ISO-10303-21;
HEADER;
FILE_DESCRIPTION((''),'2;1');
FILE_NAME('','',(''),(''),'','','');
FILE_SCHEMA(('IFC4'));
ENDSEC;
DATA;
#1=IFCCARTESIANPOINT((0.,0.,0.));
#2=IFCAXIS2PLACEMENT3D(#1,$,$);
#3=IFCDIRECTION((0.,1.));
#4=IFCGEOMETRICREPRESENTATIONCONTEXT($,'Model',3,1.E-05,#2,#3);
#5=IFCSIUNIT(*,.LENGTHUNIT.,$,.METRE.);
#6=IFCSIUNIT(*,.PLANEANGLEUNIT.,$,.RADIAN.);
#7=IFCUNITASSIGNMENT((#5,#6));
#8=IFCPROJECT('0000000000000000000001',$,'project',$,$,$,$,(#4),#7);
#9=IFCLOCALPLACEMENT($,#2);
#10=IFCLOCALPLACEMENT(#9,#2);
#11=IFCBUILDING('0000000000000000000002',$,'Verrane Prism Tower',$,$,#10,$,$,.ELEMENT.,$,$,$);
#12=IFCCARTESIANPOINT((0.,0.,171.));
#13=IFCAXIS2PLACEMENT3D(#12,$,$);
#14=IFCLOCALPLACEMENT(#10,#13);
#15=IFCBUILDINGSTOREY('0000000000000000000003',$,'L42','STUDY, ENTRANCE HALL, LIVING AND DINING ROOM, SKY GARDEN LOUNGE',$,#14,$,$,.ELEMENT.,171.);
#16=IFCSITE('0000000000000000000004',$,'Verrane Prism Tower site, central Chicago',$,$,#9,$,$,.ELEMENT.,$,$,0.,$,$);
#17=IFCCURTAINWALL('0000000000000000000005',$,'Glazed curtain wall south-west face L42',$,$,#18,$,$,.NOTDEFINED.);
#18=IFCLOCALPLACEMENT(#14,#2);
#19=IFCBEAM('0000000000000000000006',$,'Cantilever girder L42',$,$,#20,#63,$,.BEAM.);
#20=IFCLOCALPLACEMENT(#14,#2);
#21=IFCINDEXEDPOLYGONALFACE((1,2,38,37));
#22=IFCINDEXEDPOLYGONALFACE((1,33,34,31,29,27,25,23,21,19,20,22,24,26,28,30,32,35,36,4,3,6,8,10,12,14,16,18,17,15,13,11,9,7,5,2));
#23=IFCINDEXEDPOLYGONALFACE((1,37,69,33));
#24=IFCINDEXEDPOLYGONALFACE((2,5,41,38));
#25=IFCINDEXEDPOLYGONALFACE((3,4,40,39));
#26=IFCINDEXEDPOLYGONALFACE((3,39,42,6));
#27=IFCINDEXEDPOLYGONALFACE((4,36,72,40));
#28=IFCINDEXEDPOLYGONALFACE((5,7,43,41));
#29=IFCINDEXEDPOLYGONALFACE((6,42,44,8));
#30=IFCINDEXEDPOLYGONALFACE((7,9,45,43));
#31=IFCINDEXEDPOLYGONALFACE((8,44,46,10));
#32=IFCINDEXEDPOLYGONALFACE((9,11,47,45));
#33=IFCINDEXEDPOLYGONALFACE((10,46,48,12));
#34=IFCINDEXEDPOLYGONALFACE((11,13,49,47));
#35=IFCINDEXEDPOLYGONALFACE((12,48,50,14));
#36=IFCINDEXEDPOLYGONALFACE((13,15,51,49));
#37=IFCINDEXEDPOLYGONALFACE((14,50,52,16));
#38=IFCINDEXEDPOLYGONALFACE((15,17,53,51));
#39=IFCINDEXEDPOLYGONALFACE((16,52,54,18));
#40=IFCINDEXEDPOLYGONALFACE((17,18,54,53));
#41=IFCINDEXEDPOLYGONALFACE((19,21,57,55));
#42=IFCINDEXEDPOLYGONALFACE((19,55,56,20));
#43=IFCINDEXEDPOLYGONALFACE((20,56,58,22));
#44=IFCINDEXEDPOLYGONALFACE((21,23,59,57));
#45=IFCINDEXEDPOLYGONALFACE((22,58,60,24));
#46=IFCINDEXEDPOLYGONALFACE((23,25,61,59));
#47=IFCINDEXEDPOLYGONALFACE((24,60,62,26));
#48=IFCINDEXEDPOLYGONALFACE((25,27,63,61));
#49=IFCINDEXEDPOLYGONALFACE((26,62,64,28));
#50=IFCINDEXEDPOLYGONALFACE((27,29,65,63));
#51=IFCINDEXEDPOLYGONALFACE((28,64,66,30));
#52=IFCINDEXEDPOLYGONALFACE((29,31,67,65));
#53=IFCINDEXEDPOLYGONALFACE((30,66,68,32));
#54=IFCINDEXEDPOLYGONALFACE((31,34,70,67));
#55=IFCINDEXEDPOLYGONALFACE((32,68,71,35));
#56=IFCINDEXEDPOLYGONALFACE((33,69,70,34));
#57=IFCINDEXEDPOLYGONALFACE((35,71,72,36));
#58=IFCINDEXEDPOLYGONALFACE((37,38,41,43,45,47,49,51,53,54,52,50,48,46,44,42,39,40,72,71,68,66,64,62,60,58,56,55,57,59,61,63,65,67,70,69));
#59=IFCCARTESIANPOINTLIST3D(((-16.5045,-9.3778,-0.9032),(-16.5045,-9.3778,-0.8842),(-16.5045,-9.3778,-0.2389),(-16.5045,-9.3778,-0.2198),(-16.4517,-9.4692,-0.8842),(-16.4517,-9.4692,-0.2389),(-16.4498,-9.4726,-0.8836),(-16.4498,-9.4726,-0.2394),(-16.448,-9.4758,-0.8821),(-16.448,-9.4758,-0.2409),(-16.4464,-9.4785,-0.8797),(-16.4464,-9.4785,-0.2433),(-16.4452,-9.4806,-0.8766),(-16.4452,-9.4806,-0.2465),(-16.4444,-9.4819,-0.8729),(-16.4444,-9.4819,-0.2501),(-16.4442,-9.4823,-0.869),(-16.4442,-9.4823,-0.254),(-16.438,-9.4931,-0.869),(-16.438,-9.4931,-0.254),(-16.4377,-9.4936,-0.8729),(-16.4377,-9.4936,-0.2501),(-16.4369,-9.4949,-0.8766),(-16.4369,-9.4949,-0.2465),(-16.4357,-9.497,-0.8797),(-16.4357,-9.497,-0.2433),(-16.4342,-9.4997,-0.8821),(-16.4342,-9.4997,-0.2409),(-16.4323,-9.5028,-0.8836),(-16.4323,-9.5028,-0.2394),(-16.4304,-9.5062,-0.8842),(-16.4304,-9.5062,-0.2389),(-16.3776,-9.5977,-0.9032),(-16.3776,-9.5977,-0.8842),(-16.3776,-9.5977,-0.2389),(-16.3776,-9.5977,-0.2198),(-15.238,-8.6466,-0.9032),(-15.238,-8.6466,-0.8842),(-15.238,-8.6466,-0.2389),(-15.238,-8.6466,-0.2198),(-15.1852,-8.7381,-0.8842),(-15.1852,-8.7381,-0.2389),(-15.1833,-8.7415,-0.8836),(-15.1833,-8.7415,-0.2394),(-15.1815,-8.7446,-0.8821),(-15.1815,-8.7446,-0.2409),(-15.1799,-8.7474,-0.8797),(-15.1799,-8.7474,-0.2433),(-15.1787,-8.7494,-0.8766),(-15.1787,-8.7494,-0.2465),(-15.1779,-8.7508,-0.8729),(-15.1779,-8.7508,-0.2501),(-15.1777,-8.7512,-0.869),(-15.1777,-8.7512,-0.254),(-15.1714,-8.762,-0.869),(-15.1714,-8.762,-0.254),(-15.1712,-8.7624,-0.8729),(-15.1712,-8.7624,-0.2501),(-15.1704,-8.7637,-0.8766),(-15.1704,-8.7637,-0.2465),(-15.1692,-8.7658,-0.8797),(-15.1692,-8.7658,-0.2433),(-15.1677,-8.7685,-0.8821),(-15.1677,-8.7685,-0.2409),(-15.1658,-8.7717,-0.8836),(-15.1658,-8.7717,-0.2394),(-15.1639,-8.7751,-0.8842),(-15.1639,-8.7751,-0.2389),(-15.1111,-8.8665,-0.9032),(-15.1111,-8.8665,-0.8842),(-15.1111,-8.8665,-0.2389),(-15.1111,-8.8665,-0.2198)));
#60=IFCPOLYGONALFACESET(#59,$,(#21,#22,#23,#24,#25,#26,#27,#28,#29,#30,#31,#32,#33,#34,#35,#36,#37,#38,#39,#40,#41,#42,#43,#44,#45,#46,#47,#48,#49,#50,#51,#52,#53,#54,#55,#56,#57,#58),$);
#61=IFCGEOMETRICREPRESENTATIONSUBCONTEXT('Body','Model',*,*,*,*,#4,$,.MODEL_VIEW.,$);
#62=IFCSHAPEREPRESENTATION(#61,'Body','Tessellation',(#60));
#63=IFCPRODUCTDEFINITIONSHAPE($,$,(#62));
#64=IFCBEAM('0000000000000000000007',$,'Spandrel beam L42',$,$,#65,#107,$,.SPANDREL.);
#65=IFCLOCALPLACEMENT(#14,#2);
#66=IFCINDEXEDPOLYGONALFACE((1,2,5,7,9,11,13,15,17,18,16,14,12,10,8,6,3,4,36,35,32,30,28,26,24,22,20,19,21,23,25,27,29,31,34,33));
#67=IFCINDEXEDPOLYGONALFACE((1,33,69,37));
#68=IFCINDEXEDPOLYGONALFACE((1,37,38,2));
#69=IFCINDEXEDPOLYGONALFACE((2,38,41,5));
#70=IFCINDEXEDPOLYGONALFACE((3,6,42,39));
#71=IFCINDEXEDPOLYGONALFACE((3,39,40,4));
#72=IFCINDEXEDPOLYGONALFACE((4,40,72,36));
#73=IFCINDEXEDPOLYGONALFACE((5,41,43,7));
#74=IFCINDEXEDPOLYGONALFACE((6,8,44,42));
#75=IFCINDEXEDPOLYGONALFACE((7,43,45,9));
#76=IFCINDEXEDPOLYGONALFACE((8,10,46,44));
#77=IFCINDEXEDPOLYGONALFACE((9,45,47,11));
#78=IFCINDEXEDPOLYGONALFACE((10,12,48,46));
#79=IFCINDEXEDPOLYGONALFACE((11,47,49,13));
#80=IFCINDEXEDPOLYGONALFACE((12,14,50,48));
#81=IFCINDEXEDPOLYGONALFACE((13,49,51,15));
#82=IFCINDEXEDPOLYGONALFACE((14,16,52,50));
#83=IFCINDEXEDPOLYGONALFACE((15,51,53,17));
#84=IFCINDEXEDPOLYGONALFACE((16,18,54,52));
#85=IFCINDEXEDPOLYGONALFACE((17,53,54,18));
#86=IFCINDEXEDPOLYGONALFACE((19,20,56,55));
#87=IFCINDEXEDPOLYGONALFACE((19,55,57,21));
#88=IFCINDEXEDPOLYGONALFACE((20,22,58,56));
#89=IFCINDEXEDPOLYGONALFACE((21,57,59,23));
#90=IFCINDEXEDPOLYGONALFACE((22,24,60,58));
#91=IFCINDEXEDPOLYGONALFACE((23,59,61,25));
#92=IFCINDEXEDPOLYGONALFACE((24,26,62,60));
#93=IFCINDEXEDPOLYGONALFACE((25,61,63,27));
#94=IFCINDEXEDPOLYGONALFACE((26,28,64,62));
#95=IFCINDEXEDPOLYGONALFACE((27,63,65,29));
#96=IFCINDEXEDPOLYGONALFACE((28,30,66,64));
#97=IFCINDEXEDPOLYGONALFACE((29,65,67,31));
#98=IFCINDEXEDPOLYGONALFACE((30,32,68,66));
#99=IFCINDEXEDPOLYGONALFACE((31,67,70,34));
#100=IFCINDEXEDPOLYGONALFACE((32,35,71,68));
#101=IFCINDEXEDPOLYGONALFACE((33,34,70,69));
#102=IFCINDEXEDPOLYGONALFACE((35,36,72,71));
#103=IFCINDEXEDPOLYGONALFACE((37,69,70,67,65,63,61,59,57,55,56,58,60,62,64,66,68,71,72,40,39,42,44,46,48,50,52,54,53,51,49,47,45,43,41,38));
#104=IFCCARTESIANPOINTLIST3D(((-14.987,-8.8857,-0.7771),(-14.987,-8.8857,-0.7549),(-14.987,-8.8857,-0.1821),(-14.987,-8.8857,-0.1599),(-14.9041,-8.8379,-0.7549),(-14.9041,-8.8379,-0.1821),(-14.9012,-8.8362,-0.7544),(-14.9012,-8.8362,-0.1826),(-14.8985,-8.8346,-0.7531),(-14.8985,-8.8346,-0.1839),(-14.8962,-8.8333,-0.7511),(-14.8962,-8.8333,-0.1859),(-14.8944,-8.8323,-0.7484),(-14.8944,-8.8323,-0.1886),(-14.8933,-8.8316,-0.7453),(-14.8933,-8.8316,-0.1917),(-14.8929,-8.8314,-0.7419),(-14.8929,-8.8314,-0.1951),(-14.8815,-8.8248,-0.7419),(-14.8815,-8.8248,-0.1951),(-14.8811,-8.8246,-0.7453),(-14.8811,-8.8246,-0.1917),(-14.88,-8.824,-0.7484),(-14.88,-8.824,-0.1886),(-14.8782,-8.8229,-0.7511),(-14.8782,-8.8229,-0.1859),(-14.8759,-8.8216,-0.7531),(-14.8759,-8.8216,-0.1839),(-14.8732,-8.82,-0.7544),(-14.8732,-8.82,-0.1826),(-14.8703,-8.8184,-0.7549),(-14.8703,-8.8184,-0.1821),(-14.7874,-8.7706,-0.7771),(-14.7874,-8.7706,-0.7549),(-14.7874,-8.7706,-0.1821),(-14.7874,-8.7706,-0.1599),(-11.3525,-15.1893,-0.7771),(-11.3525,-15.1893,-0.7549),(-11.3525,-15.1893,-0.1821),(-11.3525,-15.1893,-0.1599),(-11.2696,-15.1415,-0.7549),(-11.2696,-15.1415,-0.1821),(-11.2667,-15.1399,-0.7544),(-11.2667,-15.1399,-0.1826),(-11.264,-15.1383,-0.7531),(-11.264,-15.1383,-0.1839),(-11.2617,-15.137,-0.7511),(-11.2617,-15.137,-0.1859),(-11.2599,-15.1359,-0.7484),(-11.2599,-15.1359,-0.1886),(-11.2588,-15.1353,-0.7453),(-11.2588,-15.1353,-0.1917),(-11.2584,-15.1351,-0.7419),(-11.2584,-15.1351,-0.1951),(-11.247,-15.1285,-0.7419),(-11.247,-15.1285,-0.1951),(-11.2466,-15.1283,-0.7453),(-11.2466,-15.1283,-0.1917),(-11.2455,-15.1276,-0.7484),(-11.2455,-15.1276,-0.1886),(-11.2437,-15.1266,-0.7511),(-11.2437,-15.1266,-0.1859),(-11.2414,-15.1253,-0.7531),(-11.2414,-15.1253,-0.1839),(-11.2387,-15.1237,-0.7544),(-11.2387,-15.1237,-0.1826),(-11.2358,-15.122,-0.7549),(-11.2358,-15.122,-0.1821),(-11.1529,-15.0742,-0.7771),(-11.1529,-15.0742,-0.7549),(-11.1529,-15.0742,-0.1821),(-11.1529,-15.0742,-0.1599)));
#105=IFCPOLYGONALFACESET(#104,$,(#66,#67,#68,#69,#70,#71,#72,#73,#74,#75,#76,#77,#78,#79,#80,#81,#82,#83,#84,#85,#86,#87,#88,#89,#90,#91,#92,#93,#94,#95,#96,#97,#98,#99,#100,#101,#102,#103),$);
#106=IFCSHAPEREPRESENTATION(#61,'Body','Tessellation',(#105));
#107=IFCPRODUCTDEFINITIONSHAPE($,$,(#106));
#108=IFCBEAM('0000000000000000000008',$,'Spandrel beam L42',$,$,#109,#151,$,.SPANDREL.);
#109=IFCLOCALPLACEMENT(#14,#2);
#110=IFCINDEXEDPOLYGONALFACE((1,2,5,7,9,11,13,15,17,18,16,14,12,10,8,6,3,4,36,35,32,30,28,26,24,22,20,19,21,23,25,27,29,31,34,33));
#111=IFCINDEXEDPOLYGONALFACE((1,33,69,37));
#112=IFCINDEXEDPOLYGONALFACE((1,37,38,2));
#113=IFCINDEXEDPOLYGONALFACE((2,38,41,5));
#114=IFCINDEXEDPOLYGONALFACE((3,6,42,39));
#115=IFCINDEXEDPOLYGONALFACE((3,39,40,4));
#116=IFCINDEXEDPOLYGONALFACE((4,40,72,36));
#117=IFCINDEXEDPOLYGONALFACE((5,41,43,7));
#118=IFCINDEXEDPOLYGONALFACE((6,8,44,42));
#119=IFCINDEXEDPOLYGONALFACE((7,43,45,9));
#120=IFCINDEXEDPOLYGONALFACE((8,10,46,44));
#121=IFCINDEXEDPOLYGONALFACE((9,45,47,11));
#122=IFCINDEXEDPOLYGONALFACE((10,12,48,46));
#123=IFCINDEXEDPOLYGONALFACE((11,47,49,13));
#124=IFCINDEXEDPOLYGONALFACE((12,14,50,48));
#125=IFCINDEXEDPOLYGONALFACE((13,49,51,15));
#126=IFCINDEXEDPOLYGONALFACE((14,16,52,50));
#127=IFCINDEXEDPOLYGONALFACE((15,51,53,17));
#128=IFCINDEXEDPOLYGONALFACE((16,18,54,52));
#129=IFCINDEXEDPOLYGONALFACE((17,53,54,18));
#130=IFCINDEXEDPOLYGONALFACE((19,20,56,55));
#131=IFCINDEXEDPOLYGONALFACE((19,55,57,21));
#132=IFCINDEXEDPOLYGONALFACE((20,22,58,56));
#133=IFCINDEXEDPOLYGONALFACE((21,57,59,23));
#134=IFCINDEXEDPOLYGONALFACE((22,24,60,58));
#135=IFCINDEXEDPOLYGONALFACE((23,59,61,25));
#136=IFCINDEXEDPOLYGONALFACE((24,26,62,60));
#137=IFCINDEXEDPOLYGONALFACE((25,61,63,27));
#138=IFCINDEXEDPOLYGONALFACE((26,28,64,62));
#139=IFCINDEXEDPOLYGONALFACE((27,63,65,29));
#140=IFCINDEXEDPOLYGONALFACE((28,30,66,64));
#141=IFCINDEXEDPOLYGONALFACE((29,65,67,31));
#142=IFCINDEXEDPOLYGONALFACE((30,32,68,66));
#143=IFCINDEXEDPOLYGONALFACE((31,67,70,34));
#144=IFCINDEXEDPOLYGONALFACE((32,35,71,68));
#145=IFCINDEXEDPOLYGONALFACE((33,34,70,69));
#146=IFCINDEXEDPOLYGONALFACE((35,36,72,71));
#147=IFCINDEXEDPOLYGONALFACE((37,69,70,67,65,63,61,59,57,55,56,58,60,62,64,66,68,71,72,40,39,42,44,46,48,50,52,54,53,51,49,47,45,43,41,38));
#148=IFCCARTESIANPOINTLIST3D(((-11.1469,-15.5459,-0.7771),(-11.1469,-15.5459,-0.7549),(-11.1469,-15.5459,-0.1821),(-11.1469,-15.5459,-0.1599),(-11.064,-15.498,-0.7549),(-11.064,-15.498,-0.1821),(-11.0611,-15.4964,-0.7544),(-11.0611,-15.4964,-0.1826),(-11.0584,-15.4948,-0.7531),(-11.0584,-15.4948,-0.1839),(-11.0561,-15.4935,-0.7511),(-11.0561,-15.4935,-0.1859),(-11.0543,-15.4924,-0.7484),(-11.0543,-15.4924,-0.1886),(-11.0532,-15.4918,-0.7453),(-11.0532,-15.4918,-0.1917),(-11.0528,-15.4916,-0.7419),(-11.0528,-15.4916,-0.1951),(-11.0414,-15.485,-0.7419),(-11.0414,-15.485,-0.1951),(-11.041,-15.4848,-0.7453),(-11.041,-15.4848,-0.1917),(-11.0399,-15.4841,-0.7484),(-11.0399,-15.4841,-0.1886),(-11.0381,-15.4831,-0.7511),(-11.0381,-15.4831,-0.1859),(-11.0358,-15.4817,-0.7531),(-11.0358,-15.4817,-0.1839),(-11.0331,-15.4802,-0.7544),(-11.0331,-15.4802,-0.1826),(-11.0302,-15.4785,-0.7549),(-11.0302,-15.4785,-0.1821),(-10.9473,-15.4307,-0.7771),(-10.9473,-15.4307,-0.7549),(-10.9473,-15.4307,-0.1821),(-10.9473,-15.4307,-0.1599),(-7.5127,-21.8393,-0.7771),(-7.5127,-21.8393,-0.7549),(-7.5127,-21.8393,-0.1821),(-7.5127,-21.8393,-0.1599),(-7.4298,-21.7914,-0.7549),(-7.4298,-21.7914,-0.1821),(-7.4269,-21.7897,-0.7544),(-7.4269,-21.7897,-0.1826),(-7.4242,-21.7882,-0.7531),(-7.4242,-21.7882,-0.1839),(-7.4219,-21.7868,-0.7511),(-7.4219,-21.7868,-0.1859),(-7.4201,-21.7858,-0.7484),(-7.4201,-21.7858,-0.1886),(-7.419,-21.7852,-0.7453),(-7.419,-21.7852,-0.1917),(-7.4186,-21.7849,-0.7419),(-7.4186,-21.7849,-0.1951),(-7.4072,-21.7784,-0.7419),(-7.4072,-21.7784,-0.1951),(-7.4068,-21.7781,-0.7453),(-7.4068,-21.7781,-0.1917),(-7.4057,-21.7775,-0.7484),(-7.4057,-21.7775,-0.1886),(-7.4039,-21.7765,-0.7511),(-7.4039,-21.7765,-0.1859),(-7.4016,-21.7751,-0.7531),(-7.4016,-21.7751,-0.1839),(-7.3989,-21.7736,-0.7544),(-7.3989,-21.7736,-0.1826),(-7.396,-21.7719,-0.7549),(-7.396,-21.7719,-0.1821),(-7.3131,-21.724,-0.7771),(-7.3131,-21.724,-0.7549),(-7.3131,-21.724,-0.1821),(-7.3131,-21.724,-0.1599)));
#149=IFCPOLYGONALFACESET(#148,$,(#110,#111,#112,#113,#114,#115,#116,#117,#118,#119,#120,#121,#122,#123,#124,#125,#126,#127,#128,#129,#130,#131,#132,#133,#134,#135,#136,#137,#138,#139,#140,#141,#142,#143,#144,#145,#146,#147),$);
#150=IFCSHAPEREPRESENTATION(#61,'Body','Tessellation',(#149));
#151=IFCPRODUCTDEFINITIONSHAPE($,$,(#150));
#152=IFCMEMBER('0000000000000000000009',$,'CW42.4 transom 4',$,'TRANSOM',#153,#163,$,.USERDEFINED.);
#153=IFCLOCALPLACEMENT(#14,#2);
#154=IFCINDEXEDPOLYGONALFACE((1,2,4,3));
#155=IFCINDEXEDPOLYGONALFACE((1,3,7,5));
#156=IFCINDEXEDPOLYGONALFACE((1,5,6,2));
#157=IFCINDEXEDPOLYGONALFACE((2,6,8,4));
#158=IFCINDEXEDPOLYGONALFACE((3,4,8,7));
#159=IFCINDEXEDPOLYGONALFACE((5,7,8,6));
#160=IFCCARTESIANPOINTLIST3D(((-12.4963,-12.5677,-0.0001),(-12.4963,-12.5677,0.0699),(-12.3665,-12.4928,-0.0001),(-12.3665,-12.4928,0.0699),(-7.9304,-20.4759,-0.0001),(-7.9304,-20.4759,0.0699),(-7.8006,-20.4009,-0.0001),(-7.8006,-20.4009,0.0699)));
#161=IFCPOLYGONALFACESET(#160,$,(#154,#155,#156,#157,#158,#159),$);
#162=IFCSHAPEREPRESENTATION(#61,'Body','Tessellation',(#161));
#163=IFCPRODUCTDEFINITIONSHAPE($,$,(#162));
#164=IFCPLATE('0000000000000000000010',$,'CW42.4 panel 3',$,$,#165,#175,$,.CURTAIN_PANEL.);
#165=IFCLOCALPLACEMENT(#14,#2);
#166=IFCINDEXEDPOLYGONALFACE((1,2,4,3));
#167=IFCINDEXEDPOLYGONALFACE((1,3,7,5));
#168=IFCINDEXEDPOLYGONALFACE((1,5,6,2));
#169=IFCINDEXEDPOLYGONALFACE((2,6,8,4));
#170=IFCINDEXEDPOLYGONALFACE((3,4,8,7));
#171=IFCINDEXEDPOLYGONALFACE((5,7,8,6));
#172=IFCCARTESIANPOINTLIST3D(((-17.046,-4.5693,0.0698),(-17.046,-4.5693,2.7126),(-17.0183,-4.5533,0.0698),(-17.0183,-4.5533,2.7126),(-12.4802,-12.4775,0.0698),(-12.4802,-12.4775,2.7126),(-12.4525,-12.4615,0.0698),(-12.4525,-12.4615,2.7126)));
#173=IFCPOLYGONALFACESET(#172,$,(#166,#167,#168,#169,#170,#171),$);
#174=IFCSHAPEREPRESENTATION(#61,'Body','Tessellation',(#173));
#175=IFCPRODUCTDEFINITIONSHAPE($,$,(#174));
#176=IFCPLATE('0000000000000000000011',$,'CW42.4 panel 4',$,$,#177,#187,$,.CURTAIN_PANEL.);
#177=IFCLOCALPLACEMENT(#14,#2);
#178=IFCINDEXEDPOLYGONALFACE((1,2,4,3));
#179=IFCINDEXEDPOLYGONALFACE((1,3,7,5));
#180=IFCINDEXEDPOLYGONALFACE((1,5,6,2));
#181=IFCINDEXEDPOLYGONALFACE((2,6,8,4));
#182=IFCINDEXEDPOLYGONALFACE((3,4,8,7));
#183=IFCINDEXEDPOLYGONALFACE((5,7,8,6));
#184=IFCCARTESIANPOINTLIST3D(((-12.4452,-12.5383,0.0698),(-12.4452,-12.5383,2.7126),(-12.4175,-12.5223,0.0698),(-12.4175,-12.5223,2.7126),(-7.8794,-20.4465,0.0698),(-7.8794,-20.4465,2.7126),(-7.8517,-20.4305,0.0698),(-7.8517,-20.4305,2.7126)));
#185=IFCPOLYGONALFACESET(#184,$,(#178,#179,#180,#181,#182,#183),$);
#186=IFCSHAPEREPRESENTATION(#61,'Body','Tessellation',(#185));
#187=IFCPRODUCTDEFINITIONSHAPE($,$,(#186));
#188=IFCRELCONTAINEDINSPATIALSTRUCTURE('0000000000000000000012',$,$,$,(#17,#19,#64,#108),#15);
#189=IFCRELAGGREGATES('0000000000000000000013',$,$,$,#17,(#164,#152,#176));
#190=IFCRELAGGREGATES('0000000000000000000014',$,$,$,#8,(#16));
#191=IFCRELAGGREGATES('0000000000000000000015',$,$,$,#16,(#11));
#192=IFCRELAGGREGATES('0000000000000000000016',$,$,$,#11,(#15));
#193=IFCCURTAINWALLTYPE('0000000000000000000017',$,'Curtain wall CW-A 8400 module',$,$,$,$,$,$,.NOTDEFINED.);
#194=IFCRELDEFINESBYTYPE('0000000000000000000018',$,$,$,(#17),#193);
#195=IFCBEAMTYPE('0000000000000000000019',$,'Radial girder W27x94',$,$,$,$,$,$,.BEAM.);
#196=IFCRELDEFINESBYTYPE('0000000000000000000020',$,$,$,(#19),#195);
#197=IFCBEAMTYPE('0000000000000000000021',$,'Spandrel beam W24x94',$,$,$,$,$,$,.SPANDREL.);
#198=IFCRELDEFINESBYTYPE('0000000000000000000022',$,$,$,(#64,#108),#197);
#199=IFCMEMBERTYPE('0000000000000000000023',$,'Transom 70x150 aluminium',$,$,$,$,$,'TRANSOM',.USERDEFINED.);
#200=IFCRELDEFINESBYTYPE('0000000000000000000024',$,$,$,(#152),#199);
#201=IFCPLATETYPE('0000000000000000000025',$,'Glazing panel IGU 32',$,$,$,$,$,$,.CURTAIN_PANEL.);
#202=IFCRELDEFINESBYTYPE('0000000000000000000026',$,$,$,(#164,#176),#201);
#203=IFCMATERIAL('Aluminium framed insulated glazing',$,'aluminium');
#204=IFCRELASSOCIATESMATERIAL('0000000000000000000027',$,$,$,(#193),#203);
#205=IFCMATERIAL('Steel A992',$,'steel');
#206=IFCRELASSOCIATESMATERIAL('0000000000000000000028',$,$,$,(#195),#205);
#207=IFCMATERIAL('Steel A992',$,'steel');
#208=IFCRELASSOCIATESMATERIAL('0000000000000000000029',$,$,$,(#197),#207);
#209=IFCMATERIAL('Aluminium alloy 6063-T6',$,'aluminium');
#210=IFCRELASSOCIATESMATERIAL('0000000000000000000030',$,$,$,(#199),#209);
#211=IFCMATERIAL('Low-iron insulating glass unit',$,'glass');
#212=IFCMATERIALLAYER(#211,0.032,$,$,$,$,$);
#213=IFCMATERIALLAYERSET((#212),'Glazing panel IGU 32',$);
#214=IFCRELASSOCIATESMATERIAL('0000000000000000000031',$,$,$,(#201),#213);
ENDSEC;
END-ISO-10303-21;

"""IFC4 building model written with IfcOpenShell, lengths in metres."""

from ifc_helpers import new_model, si_unit, direction, frame, origin, origin_2d, place, context, subcontext, project, spatial, rectangle, i_section, extrude, material, layer, layer_set, material_profile, profile_set, type_object, element, aggregate, save


model = new_model("IFC4")

# Units and contexts
model_context = context("Model", 3, precision=1e-05, world=origin(), true_north=direction((0.0, 1.0)))
body_context = subcontext(model_context, "Body", "Model", "MODEL_VIEW")
ifc_project = project(units=[si_unit("LENGTHUNIT", "METRE"), si_unit("PLANEANGLEUNIT", "RADIAN")], contexts=[model_context])

# Site, building, storey
site_placement = place(None, origin())
site = spatial("IfcSite", under=ifc_project, at=site_placement, Name="Verrane Prism Tower site, central Chicago", CompositionType="ELEMENT", RefElevation=0.0)
building_placement = place(site_placement, origin())
building = spatial("IfcBuilding", under=site, at=building_placement, Name="Verrane Prism Tower", CompositionType="ELEMENT")
storey_placement = place(building_placement, frame((0.0, 0.0, 171.0)))
storey = spatial("IfcBuildingStorey", under=building, at=storey_placement, Name="L42", Description="STUDY, ENTRANCE HALL, LIVING AND DINING ROOM, SKY GARDEN LOUNGE", CompositionType="ELEMENT", Elevation=171.0)

# Curtain wall
ifc_material_1 = material(Name="Aluminium framed insulated glazing", Category="aluminium")
curtain_wall_type = type_object("IfcCurtainWallType", Name="Curtain wall CW-A 8400 module", PredefinedType="NOTDEFINED", material=ifc_material_1)
curtain_wall_placement = place(storey_placement, origin())
curtain_wall = element("IfcCurtainWall", 1, at=curtain_wall_placement, inside=storey, type_object=curtain_wall_type, Name="Glazed curtain wall south-west face L42", PredefinedType="NOTDEFINED")

# Beams
ifc_material_2 = material(Name="Steel A992", Category="steel")
ifc_material_profile_1 = material_profile(ifc_material_2, i_section(OverallWidth=0.2539, OverallDepth=0.6833, WebThickness=0.0125, FlangeThickness=0.019, FilletRadius=0.0151, at=origin_2d()), Name="W27x94")
ifc_profile_set_1 = profile_set([ifc_material_profile_1], Name="Steel A992")
beam_type_1 = type_object("IfcBeamType", Name="Radial girder W27x94", PredefinedType="BEAM", material=ifc_profile_set_1)
beam_1_placement = place(storey_placement, frame((-15.1746, -8.7566, -0.5615), z_axis=(-0.866047, -0.499963, 0.0), x_axis=(0.499963, -0.866047, 0.0)))
element("IfcBeam", 2, at=beam_1_placement, inside=storey, type_object=beam_type_1, Name="Cantilever girder L42", PredefinedType="BEAM", context=body_context, shape_type="SweptSolid", body=[
    extrude(i_section(OverallWidth=0.2539, OverallDepth=0.6833, WebThickness=0.0125, FlangeThickness=0.019, FilletRadius=0.0151, at=origin_2d()), origin(), (0.0, 0.0, 1.0), 1.4624),
])
ifc_material_3 = material(Name="Steel A992", Category="steel")
ifc_material_profile_2 = material_profile(ifc_material_3, i_section(OverallWidth=0.2305, OverallDepth=0.6172, WebThickness=0.0132, FlangeThickness=0.0222, FilletRadius=0.0129, at=origin_2d()), Name="W24x94")
ifc_profile_set_2 = profile_set([ifc_material_profile_2], Name="Steel A992")
beam_type_2 = type_object("IfcBeamType", Name="Spandrel beam W24x94", PredefinedType="SPANDREL", material=ifc_profile_set_2)
beam_2_placement = place(storey_placement, frame((-14.8872, -8.8281, -0.4685), z_axis=(0.499492, -0.866318, 0.0), x_axis=(0.866318, 0.499492, 0.0)))
element("IfcBeam", 3, at=beam_2_placement, inside=storey, type_object=beam_type_2, Name="Spandrel beam L42", PredefinedType="SPANDREL", context=body_context, shape_type="SweptSolid", body=[
    extrude(i_section(OverallWidth=0.2305, OverallDepth=0.6172, WebThickness=0.0132, FlangeThickness=0.0222, FilletRadius=0.0129, at=origin_2d()), origin(), (0.0, 0.0, 1.0), 7.2764),
])
beam_3_placement = place(storey_placement, frame((-11.0471, -15.4883, -0.4685), z_axis=(0.500077, -0.865981, 0.0), x_axis=(0.865981, 0.500077, 0.0)))
element("IfcBeam", 4, at=beam_3_placement, inside=storey, type_object=beam_type_2, Name="Spandrel beam L42", PredefinedType="SPANDREL", context=body_context, shape_type="SweptSolid", body=[
    extrude(i_section(OverallWidth=0.2305, OverallDepth=0.6172, WebThickness=0.0132, FlangeThickness=0.0222, FilletRadius=0.0129, at=origin_2d()), origin(), (0.0, 0.0, 1.0), 7.2673),
])

# Member
ifc_material_4 = material(Name="Aluminium alloy 6063-T6", Category="aluminium")
ifc_material_profile_3 = material_profile(ifc_material_4, rectangle(XDim=0.1499, YDim=0.0701, at=origin_2d()), Name="Transom 70x150 aluminium")
ifc_profile_set_3 = profile_set([ifc_material_profile_3], Name="Aluminium alloy 6063-T6")
member_type_1 = type_object("IfcMemberType", Name="Transom 70x150 aluminium", ElementType="TRANSOM", PredefinedType="USERDEFINED", material=ifc_profile_set_3)
member_1_placement = place(storey_placement, frame((-12.4314, -12.5303, 0.0349), z_axis=(0.500009, -0.86602, 0.0), x_axis=(0.86602, 0.500009, 0.0)))
member_1 = element("IfcMember", 5, at=member_1_placement, type_object=member_type_1, Name="CW42.4 transom 4", ObjectType="TRANSOM", PredefinedType="USERDEFINED", context=body_context, shape_type="SweptSolid", body=[
    extrude(rectangle(XDim=0.1499, YDim=0.0701, at=origin_2d()), origin(), (0.0, 0.0, 1.0), 9.1316),
])

# Plates
ifc_material_5 = material(Name="Low-iron insulating glass unit", Category="glass")
ifc_layer_1 = layer(ifc_material_5, 0.032)
ifc_layer_set_1 = layer_set([ifc_layer_1], Name="Glazing panel IGU 32")
plate_type = type_object("IfcPlateType", Name="Glazing panel IGU 32", PredefinedType="CURTAIN_PANEL", material=ifc_layer_set_1)
plate_1_placement = place(storey_placement, frame((-14.7493, -8.5154, 0.0698), z_axis=(0.0, 0.0, 1.0), x_axis=(0.499999, -0.866026, 0.0)))
plate_1 = element("IfcPlate", 6, at=plate_1_placement, type_object=plate_type, Name="CW42.4 panel 3", PredefinedType="CURTAIN_PANEL", context=body_context, shape_type="SweptSolid", body=[
    extrude(rectangle(XDim=9.1316, YDim=0.032, at=origin_2d()), origin(), (0.0, 0.0, 1.0), 2.6428),
])
plate_2_placement = place(storey_placement, frame((-10.1484, -16.4844, 0.0698), z_axis=(0.0, 0.0, 1.0), x_axis=(0.499999, -0.866026, 0.0)))
plate_2 = element("IfcPlate", 7, at=plate_2_placement, type_object=plate_type, Name="CW42.4 panel 4", PredefinedType="CURTAIN_PANEL", context=body_context, shape_type="SweptSolid", body=[
    extrude(rectangle(XDim=9.1316, YDim=0.032, at=origin_2d()), origin(), (0.0, 0.0, 1.0), 2.6428),
])
aggregate(curtain_wall, [plate_1, member_1, plate_2])

save(model, "model.ifc")
